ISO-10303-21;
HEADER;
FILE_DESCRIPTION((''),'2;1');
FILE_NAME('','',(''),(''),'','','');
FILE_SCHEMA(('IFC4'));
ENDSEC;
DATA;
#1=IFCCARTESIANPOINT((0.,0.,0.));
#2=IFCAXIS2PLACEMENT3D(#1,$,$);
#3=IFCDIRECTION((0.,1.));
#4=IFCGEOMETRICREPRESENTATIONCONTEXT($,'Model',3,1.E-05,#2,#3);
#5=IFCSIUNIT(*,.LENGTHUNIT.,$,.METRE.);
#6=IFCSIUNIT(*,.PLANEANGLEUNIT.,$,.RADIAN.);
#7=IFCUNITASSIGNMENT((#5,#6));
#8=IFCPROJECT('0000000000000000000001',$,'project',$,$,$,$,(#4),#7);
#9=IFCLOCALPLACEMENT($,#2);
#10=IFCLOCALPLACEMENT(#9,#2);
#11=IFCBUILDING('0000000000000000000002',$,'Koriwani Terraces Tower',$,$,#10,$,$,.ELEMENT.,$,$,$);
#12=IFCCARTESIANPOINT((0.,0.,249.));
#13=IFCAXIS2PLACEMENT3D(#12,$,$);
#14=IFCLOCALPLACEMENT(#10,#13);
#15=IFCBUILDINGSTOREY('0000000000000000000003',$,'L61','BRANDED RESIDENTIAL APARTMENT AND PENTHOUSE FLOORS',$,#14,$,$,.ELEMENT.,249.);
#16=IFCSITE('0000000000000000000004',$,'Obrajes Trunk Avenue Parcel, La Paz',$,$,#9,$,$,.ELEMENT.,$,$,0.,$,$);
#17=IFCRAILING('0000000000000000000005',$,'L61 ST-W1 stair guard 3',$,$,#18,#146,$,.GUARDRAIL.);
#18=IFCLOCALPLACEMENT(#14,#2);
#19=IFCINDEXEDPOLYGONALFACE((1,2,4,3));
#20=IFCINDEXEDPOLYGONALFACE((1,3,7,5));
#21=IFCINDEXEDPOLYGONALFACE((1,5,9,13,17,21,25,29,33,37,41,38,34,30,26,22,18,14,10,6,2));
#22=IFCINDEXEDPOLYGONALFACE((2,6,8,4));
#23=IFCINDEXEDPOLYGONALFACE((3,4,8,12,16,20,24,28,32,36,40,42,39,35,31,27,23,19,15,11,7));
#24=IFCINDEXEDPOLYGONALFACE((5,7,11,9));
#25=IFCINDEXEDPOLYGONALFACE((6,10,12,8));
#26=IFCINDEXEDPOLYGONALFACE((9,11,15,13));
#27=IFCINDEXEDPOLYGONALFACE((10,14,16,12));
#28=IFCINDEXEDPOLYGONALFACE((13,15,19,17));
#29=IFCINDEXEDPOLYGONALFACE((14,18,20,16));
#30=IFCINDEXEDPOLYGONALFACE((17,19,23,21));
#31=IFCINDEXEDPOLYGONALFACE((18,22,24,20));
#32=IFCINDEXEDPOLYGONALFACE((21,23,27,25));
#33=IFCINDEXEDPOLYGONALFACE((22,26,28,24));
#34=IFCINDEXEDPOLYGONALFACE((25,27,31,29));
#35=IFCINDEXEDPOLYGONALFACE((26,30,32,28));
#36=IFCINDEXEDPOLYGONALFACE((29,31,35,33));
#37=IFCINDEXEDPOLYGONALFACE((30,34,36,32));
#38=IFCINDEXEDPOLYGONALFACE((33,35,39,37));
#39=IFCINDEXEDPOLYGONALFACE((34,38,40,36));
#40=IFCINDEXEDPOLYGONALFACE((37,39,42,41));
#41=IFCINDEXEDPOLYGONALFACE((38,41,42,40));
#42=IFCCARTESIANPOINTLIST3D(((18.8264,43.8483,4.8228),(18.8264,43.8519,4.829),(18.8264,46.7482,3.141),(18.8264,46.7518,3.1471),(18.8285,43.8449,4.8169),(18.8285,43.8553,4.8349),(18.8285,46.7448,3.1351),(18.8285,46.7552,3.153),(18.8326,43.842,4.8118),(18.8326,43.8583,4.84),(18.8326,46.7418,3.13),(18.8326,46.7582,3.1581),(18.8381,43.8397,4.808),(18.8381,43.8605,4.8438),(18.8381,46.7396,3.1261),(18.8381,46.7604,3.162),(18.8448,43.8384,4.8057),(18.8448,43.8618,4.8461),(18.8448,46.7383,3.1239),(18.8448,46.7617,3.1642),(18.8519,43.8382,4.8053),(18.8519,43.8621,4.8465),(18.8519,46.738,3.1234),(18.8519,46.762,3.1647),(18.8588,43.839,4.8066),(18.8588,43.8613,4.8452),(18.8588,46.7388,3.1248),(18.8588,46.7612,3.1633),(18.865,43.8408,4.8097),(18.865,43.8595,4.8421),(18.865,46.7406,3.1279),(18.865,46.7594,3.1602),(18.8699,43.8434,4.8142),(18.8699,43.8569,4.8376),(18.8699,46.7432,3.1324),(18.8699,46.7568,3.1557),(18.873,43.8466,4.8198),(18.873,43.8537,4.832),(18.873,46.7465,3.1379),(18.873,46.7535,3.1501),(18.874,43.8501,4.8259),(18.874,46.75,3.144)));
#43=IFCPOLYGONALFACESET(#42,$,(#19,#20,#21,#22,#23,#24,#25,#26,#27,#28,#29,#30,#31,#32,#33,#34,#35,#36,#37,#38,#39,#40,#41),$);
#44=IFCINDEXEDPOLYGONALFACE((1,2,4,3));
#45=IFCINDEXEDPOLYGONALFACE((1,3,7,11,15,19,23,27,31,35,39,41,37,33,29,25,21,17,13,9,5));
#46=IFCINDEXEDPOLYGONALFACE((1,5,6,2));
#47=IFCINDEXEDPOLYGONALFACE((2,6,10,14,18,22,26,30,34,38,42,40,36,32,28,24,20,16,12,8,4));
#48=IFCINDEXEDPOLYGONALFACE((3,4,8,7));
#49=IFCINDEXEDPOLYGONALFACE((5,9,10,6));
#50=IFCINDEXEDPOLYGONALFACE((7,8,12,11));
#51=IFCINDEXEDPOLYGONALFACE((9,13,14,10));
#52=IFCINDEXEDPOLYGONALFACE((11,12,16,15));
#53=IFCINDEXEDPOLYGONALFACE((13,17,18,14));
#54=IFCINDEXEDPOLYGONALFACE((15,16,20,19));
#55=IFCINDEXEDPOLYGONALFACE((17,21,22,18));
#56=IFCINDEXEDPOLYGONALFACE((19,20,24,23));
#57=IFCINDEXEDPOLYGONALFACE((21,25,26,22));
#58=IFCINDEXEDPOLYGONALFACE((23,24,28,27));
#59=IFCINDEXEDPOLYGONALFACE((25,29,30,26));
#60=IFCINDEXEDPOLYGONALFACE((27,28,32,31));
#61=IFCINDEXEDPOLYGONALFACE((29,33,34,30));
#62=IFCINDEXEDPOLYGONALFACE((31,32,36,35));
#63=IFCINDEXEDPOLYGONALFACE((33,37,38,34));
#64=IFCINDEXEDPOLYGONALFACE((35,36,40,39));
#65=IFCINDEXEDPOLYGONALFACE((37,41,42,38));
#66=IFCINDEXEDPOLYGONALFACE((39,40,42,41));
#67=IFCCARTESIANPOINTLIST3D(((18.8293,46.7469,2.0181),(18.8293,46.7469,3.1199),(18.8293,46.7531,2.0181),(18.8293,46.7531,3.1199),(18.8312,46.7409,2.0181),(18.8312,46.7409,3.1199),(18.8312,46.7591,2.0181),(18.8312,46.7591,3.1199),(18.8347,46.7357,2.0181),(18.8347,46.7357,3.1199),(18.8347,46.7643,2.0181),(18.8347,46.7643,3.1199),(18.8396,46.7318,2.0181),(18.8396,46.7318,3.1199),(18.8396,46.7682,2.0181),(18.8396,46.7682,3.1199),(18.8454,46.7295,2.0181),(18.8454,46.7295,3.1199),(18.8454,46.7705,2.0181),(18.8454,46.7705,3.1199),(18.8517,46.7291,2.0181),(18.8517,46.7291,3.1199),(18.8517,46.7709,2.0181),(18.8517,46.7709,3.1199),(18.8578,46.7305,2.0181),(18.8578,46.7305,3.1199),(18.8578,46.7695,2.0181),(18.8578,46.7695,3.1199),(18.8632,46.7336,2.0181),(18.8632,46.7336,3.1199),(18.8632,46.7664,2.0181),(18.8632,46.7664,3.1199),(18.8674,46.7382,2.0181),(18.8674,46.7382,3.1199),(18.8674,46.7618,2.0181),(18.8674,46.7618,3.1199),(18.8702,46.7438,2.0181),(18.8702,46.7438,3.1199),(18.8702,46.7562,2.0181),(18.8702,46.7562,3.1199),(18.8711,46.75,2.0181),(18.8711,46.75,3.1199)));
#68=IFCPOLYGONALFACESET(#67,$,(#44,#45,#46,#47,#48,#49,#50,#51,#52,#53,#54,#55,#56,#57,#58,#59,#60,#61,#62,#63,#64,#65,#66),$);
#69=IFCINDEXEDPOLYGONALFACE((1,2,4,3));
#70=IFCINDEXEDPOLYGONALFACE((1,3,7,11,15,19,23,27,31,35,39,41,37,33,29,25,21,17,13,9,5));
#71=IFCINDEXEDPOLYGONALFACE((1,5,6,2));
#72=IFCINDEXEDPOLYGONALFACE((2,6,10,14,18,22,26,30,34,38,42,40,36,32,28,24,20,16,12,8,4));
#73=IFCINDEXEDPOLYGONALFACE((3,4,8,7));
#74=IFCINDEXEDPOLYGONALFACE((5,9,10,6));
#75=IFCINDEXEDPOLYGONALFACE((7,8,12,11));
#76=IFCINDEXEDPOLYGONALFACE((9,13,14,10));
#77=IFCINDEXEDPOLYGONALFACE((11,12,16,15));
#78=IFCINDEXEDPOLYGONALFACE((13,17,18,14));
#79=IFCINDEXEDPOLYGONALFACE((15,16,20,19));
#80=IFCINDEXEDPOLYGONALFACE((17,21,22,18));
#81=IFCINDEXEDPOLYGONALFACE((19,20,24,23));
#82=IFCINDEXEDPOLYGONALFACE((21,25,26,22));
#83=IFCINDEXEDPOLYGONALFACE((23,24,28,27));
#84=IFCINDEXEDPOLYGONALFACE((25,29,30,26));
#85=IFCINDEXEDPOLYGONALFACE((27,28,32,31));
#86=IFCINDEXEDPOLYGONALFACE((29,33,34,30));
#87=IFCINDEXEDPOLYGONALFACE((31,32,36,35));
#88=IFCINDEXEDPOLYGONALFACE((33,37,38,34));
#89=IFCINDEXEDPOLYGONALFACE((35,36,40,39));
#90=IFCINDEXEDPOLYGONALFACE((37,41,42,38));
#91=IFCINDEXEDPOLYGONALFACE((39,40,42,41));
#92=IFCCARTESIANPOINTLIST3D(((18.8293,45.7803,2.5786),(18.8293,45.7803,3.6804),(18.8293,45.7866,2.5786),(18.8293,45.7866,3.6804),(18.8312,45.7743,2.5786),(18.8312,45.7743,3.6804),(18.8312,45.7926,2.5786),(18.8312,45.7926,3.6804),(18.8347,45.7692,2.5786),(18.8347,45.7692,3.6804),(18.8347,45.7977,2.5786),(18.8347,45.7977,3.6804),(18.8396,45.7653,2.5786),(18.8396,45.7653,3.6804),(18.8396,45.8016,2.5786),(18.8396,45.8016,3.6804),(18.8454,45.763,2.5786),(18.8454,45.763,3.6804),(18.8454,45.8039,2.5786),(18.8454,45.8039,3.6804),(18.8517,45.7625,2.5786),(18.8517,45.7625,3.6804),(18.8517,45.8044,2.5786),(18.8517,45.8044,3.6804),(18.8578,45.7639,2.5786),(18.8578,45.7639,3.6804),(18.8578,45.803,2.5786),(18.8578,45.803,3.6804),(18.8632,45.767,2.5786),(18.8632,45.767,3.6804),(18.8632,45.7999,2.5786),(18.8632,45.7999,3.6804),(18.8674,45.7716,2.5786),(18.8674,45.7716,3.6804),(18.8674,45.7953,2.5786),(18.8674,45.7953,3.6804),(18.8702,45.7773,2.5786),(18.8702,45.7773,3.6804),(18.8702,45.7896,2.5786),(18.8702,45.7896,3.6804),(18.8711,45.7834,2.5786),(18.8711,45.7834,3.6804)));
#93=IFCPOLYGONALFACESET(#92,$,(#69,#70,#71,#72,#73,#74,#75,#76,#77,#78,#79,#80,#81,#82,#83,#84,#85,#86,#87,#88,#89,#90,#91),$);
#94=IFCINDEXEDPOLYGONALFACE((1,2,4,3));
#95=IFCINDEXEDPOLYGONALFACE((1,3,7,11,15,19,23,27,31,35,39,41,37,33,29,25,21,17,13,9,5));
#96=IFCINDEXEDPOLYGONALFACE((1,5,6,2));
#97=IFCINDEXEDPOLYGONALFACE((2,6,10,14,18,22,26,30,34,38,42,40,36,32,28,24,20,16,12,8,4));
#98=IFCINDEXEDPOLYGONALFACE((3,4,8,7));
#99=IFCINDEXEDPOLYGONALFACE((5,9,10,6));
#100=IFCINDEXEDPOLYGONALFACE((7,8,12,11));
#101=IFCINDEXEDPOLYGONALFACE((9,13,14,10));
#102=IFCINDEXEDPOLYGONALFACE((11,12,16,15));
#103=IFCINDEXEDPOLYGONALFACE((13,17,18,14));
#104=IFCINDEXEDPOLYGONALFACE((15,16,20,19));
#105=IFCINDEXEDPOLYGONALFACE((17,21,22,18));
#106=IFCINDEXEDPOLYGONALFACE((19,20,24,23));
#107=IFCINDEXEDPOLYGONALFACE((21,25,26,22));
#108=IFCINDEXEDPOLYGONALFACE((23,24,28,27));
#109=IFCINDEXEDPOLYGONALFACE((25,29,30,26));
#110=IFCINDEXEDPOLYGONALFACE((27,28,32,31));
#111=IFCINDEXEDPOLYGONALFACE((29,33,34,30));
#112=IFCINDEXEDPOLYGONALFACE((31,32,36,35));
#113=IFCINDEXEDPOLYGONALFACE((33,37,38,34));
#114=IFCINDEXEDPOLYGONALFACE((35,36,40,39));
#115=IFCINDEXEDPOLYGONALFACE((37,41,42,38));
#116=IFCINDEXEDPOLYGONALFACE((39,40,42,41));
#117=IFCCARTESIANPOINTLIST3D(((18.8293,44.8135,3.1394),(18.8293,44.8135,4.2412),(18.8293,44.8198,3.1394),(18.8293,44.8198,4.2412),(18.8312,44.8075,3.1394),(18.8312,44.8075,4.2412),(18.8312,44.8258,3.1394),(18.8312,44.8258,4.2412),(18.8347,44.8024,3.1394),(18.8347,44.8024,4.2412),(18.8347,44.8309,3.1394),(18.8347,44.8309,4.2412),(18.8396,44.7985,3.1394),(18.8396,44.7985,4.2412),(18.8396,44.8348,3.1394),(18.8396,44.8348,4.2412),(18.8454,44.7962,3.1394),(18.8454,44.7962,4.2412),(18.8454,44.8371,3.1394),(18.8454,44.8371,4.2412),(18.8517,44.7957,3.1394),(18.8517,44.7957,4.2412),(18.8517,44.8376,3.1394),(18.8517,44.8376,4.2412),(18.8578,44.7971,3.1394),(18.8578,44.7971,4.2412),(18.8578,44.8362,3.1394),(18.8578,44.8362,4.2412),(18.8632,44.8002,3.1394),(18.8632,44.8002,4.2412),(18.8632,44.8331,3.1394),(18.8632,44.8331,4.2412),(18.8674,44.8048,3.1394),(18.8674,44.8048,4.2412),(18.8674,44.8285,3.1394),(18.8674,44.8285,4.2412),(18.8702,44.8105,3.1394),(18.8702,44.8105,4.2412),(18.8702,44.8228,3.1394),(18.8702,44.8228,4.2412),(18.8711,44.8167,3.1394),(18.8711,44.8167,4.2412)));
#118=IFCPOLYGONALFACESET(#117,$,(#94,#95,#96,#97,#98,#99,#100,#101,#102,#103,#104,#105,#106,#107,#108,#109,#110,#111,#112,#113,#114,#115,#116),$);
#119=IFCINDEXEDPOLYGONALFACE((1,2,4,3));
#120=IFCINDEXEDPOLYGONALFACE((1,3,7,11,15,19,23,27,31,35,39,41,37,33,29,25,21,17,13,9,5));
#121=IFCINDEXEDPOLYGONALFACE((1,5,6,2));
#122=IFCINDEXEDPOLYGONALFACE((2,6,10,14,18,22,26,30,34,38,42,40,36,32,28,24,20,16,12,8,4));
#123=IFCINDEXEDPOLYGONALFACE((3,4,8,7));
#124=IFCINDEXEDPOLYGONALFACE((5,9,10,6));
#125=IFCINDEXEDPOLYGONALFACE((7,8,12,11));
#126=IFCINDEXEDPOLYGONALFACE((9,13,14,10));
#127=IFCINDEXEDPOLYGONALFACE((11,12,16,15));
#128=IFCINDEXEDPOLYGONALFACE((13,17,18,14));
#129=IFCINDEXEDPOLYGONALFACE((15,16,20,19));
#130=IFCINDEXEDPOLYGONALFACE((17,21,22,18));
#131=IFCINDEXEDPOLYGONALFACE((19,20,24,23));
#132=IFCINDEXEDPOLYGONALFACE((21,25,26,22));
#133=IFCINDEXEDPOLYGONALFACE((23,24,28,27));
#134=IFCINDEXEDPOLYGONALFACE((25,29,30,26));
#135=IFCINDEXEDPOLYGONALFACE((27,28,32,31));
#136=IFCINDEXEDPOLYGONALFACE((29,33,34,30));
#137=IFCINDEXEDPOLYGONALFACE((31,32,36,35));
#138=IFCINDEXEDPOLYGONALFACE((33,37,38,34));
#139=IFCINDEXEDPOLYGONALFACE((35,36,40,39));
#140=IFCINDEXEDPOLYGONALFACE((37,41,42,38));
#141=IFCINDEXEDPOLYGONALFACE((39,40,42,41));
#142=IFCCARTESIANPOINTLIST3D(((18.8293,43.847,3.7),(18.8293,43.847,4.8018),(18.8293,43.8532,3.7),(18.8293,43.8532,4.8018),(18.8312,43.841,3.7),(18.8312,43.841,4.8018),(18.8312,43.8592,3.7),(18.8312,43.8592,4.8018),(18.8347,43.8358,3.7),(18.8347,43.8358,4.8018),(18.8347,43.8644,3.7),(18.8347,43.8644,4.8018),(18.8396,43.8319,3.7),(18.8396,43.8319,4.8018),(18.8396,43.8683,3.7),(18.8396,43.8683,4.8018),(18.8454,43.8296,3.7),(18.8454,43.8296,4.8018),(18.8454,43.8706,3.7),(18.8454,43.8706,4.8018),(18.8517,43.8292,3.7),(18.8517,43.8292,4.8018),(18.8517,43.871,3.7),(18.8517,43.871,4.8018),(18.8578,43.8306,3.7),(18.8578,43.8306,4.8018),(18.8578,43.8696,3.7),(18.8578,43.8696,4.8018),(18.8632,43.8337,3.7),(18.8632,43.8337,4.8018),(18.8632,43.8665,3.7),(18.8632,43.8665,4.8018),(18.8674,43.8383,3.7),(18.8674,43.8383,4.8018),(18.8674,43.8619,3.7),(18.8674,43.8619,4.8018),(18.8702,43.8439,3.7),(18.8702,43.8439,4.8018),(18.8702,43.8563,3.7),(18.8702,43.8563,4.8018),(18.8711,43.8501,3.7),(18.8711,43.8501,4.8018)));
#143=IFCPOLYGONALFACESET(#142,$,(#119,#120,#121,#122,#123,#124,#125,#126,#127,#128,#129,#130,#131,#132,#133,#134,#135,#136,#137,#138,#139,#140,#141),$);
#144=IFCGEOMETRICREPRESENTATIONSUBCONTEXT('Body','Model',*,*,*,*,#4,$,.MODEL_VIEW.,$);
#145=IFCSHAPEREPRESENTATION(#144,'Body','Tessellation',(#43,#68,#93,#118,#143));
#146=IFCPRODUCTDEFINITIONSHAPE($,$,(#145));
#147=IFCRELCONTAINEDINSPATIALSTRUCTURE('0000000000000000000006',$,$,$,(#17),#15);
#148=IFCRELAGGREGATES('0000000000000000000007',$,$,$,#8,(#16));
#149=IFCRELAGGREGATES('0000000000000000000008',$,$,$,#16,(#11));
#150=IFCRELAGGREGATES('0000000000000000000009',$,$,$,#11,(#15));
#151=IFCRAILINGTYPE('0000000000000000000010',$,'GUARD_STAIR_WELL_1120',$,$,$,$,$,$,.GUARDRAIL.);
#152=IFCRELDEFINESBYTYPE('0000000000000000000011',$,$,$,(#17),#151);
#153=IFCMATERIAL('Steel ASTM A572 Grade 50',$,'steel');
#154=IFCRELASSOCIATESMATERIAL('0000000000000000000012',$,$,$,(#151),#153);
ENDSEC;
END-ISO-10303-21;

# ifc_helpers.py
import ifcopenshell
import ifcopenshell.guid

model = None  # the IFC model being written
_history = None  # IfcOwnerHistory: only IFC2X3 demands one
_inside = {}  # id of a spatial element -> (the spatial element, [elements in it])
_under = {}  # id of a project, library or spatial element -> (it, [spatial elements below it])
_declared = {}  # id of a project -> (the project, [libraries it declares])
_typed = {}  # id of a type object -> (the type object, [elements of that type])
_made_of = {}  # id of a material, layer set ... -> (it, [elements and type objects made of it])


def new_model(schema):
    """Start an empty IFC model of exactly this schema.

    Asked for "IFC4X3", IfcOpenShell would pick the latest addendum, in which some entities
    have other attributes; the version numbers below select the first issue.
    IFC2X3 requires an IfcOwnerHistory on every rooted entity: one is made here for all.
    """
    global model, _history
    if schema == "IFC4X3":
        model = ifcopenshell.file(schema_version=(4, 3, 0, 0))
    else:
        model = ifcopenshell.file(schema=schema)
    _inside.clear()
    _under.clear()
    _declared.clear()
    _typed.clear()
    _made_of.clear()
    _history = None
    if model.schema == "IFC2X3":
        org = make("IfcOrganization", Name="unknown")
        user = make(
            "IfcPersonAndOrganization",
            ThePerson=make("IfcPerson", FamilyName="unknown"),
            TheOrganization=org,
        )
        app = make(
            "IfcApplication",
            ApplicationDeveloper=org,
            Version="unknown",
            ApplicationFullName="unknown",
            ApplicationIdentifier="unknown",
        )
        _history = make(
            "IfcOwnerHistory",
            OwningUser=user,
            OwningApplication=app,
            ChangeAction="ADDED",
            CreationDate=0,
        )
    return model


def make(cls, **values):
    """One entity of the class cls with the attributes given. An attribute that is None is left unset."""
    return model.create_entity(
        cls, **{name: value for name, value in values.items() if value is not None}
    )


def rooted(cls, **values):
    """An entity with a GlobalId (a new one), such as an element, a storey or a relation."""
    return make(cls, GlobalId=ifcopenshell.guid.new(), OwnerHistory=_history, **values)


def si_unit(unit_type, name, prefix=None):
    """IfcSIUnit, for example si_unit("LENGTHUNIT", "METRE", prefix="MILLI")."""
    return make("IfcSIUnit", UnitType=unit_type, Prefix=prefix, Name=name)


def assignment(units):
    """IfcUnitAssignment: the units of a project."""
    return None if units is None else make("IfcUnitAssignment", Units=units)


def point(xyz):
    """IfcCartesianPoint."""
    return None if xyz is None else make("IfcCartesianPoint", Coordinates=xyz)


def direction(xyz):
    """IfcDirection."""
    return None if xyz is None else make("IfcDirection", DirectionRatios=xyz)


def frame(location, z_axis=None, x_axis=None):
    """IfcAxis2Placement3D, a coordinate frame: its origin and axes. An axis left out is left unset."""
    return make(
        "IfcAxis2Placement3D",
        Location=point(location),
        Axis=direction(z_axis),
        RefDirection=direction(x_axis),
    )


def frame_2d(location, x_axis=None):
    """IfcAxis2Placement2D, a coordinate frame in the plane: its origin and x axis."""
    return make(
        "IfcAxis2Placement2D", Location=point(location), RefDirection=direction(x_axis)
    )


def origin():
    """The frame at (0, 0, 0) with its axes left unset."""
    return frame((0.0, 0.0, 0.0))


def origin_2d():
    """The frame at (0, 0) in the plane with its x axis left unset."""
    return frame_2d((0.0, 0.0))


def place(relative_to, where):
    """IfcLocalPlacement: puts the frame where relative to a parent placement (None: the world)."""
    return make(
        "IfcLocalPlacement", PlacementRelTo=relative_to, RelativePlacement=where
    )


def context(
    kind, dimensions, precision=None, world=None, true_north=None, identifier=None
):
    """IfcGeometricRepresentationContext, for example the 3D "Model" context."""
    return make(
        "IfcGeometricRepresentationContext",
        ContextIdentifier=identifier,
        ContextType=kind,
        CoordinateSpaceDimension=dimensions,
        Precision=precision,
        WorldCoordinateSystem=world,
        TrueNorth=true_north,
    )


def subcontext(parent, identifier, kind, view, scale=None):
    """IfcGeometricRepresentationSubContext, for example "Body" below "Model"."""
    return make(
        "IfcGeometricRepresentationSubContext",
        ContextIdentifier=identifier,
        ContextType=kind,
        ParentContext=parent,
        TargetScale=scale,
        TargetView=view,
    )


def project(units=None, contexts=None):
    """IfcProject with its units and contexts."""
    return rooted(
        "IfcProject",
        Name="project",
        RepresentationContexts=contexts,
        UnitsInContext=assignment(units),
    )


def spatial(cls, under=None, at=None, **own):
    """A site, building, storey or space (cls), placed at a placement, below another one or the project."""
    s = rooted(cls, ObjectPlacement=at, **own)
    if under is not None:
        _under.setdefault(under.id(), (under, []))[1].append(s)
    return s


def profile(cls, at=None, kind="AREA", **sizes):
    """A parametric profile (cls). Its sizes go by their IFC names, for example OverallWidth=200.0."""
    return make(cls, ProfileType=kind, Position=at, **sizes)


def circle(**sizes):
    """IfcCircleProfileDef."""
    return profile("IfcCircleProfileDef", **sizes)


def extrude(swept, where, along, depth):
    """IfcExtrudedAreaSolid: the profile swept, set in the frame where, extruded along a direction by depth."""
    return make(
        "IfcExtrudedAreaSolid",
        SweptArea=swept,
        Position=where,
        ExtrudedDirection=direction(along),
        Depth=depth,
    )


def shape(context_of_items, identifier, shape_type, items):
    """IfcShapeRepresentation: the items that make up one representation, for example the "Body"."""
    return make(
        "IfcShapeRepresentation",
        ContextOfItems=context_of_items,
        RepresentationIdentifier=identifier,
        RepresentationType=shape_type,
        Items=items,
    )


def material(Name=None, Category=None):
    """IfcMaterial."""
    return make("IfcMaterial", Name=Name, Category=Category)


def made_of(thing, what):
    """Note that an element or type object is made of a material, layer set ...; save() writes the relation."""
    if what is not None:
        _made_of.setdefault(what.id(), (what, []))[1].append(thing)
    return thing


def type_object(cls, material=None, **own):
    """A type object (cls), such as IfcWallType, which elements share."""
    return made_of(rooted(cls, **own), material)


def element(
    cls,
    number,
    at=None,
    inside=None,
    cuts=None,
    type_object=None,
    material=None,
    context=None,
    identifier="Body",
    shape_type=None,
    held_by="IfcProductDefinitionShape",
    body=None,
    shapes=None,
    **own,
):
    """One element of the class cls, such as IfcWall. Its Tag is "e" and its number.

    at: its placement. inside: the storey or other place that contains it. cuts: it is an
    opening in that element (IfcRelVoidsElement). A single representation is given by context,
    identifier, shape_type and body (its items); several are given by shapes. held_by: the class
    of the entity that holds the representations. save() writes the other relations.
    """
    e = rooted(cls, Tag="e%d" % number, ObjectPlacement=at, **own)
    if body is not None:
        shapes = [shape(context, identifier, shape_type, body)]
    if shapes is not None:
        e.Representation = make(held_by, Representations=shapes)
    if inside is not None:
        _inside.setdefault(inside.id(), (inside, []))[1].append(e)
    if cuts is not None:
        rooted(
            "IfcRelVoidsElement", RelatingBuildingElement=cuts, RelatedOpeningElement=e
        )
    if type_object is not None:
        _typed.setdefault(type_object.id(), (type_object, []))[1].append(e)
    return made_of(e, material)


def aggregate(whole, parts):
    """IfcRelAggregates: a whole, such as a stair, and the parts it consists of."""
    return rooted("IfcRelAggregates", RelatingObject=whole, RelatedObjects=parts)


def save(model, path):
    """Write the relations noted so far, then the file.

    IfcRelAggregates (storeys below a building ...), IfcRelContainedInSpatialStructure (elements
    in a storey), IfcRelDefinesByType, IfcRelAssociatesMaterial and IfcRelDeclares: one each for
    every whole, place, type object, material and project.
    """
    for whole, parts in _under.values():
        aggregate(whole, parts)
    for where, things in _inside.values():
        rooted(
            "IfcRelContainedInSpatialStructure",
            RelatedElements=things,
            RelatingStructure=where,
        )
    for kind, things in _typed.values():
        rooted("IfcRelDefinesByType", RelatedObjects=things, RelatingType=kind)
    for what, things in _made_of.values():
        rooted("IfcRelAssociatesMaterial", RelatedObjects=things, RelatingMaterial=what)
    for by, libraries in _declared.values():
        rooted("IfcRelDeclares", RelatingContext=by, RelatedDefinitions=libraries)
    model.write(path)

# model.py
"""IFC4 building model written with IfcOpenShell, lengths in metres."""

from ifc_helpers import new_model, si_unit, direction, frame, origin, origin_2d, place, context, subcontext, project, spatial, circle, extrude, material, type_object, element, save


model = new_model("IFC4")

# Units and contexts
model_context = context("Model", 3, precision=1e-05, world=origin(), true_north=direction((0.0, 1.0)))
body_context = subcontext(model_context, "Body", "Model", "MODEL_VIEW")
ifc_project = project(units=[si_unit("LENGTHUNIT", "METRE"), si_unit("PLANEANGLEUNIT", "RADIAN")], contexts=[model_context])

# Site, building, storey
site_placement = place(None, origin())
site = spatial("IfcSite", under=ifc_project, at=site_placement, Name="Obrajes Trunk Avenue Parcel, La Paz", CompositionType="ELEMENT", RefElevation=0.0)
building_placement = place(site_placement, origin())
building = spatial("IfcBuilding", under=site, at=building_placement, Name="Koriwani Terraces Tower", CompositionType="ELEMENT")
storey_placement = place(building_placement, frame((0.0, 0.0, 249.0)))
storey = spatial("IfcBuildingStorey", under=building, at=storey_placement, Name="L61", Description="BRANDED RESIDENTIAL APARTMENT AND PENTHOUSE FLOORS", CompositionType="ELEMENT", Elevation=249.0)

# Shared definitions
ifc_material_1 = material(Name="Steel ASTM A572 Grade 50", Category="steel")

# Railing
railing_type_1 = type_object("IfcRailingType", Name="GUARD_STAIR_WELL_1120", PredefinedType="GUARDRAIL", material=ifc_material_1)
railing_1_placement = place(storey_placement, frame((18.8501, 46.75, 2.0181)))
element("IfcRailing", 1, at=railing_1_placement, inside=storey, type_object=railing_type_1, Name="L61 ST-W1 stair guard 3", PredefinedType="GUARDRAIL", context=body_context, shape_type="SweptSolid", body=[
    extrude(circle(Radius=0.0239, at=origin_2d()), frame((0.0, 0.0, 1.126), z_axis=(0.0, -0.865039, 0.501705), x_axis=(1.0, 0.0, 0.0)), (0.0, 0.0, 1.0), 3.3523),
    extrude(circle(Radius=0.021, at=origin_2d()), origin(), (0.0, 0.0, 1.0), 1.1018),
    extrude(circle(Radius=0.021, at=origin_2d()), frame((0.0, -0.9666, 0.5605)), (0.0, 0.0, 1.0), 1.1018),
    extrude(circle(Radius=0.021, at=origin_2d()), frame((0.0, -1.9333, 1.1213)), (0.0, 0.0, 1.0), 1.1018),
    extrude(circle(Radius=0.021, at=origin_2d()), frame((0.0, -2.8999, 1.6819)), (0.0, 0.0, 1.0), 1.1018),
])

save(model, "model.ifc")
